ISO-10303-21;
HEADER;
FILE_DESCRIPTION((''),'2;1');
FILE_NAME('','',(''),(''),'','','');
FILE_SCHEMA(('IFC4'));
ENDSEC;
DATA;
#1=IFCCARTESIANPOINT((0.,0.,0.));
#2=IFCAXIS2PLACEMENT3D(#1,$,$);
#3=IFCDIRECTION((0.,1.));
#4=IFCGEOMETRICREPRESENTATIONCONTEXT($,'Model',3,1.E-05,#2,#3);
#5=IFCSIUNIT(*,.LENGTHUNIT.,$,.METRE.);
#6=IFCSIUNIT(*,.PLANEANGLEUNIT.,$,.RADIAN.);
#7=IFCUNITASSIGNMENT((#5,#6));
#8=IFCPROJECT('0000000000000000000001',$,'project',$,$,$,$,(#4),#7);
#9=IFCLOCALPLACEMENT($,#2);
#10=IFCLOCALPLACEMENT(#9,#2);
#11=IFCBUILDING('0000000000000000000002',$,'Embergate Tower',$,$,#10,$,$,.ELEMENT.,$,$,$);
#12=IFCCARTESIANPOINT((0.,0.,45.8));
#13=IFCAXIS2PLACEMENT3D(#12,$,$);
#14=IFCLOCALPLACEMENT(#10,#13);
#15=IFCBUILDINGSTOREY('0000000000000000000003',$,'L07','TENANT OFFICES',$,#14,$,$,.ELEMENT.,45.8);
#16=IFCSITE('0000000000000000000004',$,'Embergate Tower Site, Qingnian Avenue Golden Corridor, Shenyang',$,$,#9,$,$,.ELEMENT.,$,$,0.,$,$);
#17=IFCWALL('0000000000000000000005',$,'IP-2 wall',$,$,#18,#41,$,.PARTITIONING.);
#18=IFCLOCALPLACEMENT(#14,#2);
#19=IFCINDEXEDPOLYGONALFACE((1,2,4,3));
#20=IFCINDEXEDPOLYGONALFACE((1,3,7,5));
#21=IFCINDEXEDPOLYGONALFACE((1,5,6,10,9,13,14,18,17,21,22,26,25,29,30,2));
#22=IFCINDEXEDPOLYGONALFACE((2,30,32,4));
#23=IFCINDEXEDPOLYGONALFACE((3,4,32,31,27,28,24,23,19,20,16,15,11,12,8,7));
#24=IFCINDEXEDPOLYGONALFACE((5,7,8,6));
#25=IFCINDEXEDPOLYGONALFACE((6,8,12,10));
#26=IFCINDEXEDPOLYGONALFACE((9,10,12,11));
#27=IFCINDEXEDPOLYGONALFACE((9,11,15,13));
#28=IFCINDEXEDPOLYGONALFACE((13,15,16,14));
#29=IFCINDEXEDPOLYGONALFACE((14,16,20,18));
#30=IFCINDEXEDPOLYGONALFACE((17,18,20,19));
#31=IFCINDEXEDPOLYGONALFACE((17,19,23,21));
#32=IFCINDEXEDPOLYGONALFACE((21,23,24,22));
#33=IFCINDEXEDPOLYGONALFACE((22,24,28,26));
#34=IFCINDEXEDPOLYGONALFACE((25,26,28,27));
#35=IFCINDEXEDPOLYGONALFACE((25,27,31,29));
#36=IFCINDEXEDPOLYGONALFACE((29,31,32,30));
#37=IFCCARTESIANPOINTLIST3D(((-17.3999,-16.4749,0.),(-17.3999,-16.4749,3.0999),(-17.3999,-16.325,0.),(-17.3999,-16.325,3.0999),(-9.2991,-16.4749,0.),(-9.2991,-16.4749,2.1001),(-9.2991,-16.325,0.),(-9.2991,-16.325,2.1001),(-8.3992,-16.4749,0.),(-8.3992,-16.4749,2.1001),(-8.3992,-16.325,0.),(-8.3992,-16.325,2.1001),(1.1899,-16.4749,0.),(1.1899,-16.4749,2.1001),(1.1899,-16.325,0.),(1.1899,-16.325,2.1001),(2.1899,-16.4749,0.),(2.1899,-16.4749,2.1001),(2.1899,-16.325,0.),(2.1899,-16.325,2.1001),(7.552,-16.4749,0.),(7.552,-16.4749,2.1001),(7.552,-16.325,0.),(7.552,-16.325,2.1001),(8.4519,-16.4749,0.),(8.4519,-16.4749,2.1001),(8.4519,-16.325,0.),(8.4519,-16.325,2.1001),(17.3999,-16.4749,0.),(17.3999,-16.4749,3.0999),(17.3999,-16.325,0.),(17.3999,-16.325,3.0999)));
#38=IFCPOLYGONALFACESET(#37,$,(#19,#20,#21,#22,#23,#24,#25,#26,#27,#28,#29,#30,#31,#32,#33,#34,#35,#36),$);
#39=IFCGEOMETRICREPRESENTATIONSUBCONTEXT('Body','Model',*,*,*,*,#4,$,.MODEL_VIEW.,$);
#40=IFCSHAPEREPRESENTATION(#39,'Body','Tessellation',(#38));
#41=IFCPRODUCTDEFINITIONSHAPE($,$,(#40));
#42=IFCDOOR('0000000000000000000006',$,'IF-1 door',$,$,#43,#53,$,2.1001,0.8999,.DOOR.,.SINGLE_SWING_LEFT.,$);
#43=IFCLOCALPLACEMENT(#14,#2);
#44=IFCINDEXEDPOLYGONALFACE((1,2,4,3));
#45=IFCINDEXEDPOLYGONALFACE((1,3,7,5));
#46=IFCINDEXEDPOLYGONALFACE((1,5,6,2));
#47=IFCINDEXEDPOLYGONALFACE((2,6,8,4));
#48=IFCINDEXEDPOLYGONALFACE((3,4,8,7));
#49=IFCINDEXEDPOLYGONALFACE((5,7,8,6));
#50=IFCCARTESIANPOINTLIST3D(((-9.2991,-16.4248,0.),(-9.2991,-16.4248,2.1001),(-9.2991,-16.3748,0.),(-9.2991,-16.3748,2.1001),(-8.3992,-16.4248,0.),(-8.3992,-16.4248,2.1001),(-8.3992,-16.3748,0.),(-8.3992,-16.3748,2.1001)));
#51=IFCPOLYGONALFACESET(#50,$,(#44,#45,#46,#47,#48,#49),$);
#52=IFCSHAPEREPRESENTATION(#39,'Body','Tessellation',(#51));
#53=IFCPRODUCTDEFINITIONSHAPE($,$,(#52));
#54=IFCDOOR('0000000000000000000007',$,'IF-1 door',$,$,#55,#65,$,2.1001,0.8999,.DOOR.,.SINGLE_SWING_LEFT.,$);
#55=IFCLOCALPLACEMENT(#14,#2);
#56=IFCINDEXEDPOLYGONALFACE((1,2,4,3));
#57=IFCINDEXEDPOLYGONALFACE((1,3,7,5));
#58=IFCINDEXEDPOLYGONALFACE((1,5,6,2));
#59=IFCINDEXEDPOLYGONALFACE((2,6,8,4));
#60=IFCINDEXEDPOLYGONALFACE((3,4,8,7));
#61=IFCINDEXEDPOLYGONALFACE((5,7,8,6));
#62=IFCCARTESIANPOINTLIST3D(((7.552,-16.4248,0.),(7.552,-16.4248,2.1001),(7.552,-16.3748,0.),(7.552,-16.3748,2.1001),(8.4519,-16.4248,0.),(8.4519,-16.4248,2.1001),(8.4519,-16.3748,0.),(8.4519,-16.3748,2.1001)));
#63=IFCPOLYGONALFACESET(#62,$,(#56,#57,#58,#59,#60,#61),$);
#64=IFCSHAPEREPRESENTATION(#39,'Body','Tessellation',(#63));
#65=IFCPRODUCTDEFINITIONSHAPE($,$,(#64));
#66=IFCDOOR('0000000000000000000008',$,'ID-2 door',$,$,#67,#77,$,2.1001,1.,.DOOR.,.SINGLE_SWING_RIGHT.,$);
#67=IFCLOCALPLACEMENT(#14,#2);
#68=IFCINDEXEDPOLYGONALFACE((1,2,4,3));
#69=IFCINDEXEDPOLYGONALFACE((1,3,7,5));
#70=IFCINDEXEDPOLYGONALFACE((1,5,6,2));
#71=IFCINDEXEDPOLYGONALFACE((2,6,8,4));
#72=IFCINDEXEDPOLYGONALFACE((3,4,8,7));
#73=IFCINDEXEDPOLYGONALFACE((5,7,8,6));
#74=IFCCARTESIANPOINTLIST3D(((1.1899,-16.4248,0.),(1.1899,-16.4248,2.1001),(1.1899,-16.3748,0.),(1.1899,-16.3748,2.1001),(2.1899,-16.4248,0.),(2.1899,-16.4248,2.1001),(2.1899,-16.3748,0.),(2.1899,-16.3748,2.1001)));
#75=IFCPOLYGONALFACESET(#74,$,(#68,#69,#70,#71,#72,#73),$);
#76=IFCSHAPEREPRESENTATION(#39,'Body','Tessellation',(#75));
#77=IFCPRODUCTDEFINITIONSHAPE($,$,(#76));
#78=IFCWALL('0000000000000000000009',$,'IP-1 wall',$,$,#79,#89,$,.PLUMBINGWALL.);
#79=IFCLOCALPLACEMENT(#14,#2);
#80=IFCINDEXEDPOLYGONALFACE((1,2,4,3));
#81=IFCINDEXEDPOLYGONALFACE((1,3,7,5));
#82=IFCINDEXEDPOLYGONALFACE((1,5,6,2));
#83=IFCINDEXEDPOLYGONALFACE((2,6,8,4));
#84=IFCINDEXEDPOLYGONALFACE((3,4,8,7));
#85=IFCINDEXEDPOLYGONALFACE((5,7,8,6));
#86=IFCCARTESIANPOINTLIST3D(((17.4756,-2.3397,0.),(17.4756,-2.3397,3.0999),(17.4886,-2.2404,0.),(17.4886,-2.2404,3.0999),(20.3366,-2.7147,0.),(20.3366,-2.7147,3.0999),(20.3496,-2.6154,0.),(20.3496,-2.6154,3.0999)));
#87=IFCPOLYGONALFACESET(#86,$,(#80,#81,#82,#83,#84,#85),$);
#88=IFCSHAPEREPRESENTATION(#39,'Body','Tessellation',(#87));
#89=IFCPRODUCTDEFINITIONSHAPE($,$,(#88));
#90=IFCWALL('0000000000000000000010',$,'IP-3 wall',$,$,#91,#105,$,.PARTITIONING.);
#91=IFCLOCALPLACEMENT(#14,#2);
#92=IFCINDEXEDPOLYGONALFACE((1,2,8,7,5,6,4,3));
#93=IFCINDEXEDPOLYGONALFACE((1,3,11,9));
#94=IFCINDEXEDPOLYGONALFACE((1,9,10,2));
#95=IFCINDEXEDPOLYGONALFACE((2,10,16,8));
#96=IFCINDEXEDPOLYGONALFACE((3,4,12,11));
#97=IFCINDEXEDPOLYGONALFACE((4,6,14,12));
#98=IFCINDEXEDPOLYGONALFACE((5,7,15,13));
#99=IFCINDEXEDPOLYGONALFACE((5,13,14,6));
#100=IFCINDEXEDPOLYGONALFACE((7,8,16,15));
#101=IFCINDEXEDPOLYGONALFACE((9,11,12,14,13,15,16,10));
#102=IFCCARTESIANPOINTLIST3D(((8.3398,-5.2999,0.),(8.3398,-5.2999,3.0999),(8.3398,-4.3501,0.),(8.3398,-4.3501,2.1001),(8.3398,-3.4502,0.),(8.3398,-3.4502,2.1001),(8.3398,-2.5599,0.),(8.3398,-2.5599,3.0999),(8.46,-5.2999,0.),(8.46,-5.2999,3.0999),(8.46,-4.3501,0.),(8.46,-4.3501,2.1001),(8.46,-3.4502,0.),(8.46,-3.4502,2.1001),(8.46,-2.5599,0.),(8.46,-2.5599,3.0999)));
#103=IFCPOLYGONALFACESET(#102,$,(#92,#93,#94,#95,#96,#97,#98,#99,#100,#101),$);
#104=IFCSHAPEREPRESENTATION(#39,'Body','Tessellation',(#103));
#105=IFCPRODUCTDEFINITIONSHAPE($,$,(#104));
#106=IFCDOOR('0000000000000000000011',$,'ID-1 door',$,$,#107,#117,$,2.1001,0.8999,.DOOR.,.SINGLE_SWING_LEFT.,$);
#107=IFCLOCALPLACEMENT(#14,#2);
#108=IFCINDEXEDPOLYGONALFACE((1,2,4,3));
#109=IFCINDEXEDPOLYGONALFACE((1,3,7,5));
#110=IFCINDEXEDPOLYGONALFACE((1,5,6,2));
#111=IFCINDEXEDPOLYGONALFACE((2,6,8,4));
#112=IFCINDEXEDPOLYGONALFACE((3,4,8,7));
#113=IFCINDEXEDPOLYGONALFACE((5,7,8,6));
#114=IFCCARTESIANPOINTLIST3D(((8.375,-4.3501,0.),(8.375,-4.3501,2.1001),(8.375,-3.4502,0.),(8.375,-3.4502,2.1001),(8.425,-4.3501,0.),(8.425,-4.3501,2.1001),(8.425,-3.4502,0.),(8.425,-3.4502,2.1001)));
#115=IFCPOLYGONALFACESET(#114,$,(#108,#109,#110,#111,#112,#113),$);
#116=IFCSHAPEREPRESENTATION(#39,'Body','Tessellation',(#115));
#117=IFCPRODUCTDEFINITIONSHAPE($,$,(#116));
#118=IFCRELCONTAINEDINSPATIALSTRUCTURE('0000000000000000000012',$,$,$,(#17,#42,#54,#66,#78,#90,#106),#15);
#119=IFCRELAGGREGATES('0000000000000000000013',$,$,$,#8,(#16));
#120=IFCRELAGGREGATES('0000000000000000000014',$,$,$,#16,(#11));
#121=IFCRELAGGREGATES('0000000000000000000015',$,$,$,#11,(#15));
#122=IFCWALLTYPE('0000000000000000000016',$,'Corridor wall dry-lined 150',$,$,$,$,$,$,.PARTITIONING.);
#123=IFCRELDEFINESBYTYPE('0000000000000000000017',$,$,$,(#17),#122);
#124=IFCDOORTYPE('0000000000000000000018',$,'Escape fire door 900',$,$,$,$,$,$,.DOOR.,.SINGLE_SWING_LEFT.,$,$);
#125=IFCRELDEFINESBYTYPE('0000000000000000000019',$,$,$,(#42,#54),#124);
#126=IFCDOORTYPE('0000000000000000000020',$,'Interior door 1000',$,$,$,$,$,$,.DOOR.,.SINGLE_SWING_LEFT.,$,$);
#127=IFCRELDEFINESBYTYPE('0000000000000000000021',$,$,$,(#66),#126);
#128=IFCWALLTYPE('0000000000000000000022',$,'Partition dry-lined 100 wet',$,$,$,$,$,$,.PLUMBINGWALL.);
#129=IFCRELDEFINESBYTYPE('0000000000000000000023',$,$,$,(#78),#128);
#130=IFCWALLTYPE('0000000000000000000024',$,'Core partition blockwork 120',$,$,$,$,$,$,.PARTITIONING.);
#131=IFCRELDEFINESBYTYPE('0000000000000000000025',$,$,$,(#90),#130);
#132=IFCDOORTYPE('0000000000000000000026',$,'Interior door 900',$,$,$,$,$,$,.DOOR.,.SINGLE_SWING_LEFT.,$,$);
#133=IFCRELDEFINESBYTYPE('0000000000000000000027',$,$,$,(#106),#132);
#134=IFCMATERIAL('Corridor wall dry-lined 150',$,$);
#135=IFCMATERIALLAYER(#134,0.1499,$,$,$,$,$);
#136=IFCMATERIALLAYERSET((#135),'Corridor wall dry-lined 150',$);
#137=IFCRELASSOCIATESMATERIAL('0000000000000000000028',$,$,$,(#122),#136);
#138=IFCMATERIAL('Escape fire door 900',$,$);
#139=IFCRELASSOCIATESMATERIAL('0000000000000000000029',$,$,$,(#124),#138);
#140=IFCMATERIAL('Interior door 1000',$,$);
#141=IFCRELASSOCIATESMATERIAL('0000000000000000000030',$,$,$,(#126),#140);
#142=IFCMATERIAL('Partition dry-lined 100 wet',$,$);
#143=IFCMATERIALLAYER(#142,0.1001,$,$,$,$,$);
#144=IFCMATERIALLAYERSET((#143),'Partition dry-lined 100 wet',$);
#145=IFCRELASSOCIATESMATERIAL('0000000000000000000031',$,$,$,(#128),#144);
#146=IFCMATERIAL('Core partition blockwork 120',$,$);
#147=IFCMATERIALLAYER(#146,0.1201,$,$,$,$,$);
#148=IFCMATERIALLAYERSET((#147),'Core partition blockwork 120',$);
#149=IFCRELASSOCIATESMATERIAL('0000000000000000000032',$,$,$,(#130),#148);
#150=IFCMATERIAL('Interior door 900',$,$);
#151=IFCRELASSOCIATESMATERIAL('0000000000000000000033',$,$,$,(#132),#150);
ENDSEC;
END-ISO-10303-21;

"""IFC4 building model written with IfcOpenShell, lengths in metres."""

from ifc_helpers import new_model, si_unit, direction, frame, frame_2d, origin, place, context, subcontext, project, spatial, rectangle, extrude, source, transform, mapped, material, layer, layer_set, type_object, element, fill, save


model = new_model("IFC4")

# Units and contexts
model_context = context("Model", 3, precision=1e-05, world=origin(), true_north=direction((0.0, 1.0)))
body_context = subcontext(model_context, "Body", "Model", "MODEL_VIEW")
ifc_project = project(units=[si_unit("LENGTHUNIT", "METRE"), si_unit("PLANEANGLEUNIT", "RADIAN")], contexts=[model_context])

# Site, building, storey
site_placement = place(None, origin())
site = spatial("IfcSite", under=ifc_project, at=site_placement, Name="Embergate Tower Site, Qingnian Avenue Golden Corridor, Shenyang", CompositionType="ELEMENT", RefElevation=0.0)
building_placement = place(site_placement, origin())
building = spatial("IfcBuilding", under=site, at=building_placement, Name="Embergate Tower", CompositionType="ELEMENT")
storey_placement = place(building_placement, frame((0.0, 0.0, 45.8)))
storey = spatial("IfcBuildingStorey", under=building, at=storey_placement, Name="L07", Description="TENANT OFFICES", CompositionType="ELEMENT", Elevation=45.8)

# Wall, openings, doors
ifc_material_1 = material(Name="Corridor wall dry-lined 150")
ifc_layer_1 = layer(ifc_material_1, 0.1499)
ifc_layer_set_1 = layer_set([ifc_layer_1], Name="Corridor wall dry-lined 150")
wall_type_1 = type_object("IfcWallType", Name="Corridor wall dry-lined 150", PredefinedType="PARTITIONING", material=ifc_layer_set_1)
shared_shape_1 = source(origin(), body_context, "Body", "SweptSolid", [
    extrude(rectangle(XDim=34.7998, YDim=0.1499, at=frame_2d((17.3999, 0.0))), origin(), (0.0, 0.0, 1.0), 3.0999),
])
wall_1_placement = place(storey_placement, frame((17.3999, -16.3999, 0.0), z_axis=(0.0, 0.0, 1.0), x_axis=(-1.0, 0.0, 0.0)))
wall_1 = element("IfcWall", 1, at=wall_1_placement, inside=storey, type_object=wall_type_1, Name="IP-2 wall", PredefinedType="PARTITIONING", context=body_context, shape_type="MappedRepresentation", body=[
    mapped(shared_shape_1, transform((0.0, 0.0, 0.0))),
])
shared_shape_2 = source(origin(), body_context, "Body", "SweptSolid", [
    extrude(rectangle(XDim=0.8999, YDim=2.1001, at=frame_2d((0.45, 1.05))), frame((0.0, 0.085, 0.0), z_axis=(0.0, -1.0, 0.0), x_axis=(1.0, 0.0, 0.0)), (0.0, 0.0, 1.0), 0.1699),
])
opening_1_placement = place(wall_1_placement, frame((25.7991, 0.0, 0.0)))
opening_1 = element("IfcOpeningElement", 2, at=opening_1_placement, cuts=wall_1, PredefinedType="OPENING", context=body_context, shape_type="MappedRepresentation", body=[
    mapped(shared_shape_2, transform((0.0, 0.0, 0.0))),
])
shared_shape_3 = source(origin(), body_context, "Body", "SweptSolid", [
    extrude(rectangle(XDim=1.0, YDim=2.1001, at=frame_2d((0.5, 1.05))), frame((0.0, 0.085, 0.0), z_axis=(0.0, -1.0, 0.0), x_axis=(1.0, 0.0, 0.0)), (0.0, 0.0, 1.0), 0.1699),
])
opening_2_placement = place(wall_1_placement, frame((15.21, 0.0, 0.0)))
opening_2 = element("IfcOpeningElement", 3, at=opening_2_placement, cuts=wall_1, PredefinedType="OPENING", context=body_context, shape_type="MappedRepresentation", body=[
    mapped(shared_shape_3, transform((0.0, 0.0, 0.0))),
])
opening_3_placement = place(wall_1_placement, frame((8.948, 0.0, 0.0)))
opening_3 = element("IfcOpeningElement", 4, at=opening_3_placement, cuts=wall_1, PredefinedType="OPENING", context=body_context, shape_type="MappedRepresentation", body=[
    mapped(shared_shape_2, transform((0.0, 0.0, 0.0))),
])
ifc_material_2 = material(Name="Escape fire door 900")
door_type_1 = type_object("IfcDoorType", Name="Escape fire door 900", OperationType="SINGLE_SWING_LEFT", PredefinedType="DOOR", material=ifc_material_2)
shared_shape_4 = source(origin(), body_context, "Body", "SweptSolid", [
    extrude(rectangle(XDim=0.8999, YDim=2.1001, at=frame_2d((0.45, 1.05))), frame((0.0, 0.0249, 0.0), z_axis=(0.0, -1.0, 0.0), x_axis=(1.0, 0.0, 0.0)), (0.0, 0.0, 1.0), 0.05),
])
door_1_placement = place(opening_1_placement, origin())
door_1 = element("IfcDoor", 5, at=door_1_placement, inside=storey, type_object=door_type_1, Name="IF-1 door", OperationType="SINGLE_SWING_LEFT", OverallHeight=2.1001, OverallWidth=0.8999, PredefinedType="DOOR", context=body_context, shape_type="MappedRepresentation", body=[
    mapped(shared_shape_4, transform((0.0, 0.0, 0.0))),
])
fill(opening_1, door_1)
door_2_placement = place(opening_3_placement, origin())
door_2 = element("IfcDoor", 6, at=door_2_placement, inside=storey, type_object=door_type_1, Name="IF-1 door", OperationType="SINGLE_SWING_LEFT", OverallHeight=2.1001, OverallWidth=0.8999, PredefinedType="DOOR", context=body_context, shape_type="MappedRepresentation", body=[
    mapped(shared_shape_4, transform((0.0, 0.0, 0.0))),
])
fill(opening_3, door_2)
ifc_material_3 = material(Name="Interior door 1000")
door_type_2 = type_object("IfcDoorType", Name="Interior door 1000", OperationType="SINGLE_SWING_LEFT", PredefinedType="DOOR", material=ifc_material_3)
shared_shape_5 = source(origin(), body_context, "Body", "SweptSolid", [
    extrude(rectangle(XDim=1.0, YDim=2.1001, at=frame_2d((0.5, 1.05))), frame((0.0, 0.0249, 0.0), z_axis=(0.0, -1.0, 0.0), x_axis=(1.0, 0.0, 0.0)), (0.0, 0.0, 1.0), 0.05),
])
door_3_placement = place(opening_2_placement, origin())
door_3 = element("IfcDoor", 7, at=door_3_placement, inside=storey, type_object=door_type_2, Name="ID-2 door", OperationType="SINGLE_SWING_RIGHT", OverallHeight=2.1001, OverallWidth=1.0, PredefinedType="DOOR", context=body_context, shape_type="MappedRepresentation", body=[
    mapped(shared_shape_5, transform((0.0, 0.0, 0.0))),
])
fill(opening_2, door_3)

# Wall
ifc_material_4 = material(Name="Partition dry-lined 100 wet")
ifc_layer_2 = layer(ifc_material_4, 0.1001)
ifc_layer_set_2 = layer_set([ifc_layer_2], Name="Partition dry-lined 100 wet")
wall_type_2 = type_object("IfcWallType", Name="Partition dry-lined 100 wet", PredefinedType="PLUMBINGWALL", material=ifc_layer_set_2)
shared_shape_6 = source(origin(), body_context, "Body", "SweptSolid", [
    extrude(rectangle(XDim=2.8855, YDim=0.1001, at=frame_2d((1.4429, 0.0))), origin(), (0.0, 0.0, 1.0), 3.0999),
])
wall_2_placement = place(storey_placement, frame((17.4819, -2.29, 0.0), z_axis=(0.0, 0.0, 1.0), x_axis=(0.99152, -0.129958, 0.0)))
element("IfcWall", 8, at=wall_2_placement, inside=storey, type_object=wall_type_2, Name="IP-1 wall", PredefinedType="PLUMBINGWALL", context=body_context, shape_type="MappedRepresentation", body=[
    mapped(shared_shape_6, transform((0.0, 0.0, 0.0))),
])

# Wall, opening, door
ifc_material_5 = material(Name="Core partition blockwork 120")
ifc_layer_3 = layer(ifc_material_5, 0.1201)
ifc_layer_set_3 = layer_set([ifc_layer_3], Name="Core partition blockwork 120")
wall_type_3 = type_object("IfcWallType", Name="Core partition blockwork 120", PredefinedType="PARTITIONING", material=ifc_layer_set_3)
shared_shape_7 = source(origin(), body_context, "Body", "SweptSolid", [
    extrude(rectangle(XDim=2.74, YDim=0.1201, at=frame_2d((1.3701, 0.0))), origin(), (0.0, 0.0, 1.0), 3.0999),
])
wall_3_placement = place(storey_placement, frame((8.3999, -5.3, 0.0), z_axis=(0.0, 0.0, 1.0), x_axis=(0.0, 1.0, 0.0)))
wall_3 = element("IfcWall", 9, at=wall_3_placement, inside=storey, type_object=wall_type_3, Name="IP-3 wall", PredefinedType="PARTITIONING", context=body_context, shape_type="MappedRepresentation", body=[
    mapped(shared_shape_7, transform((0.0, 0.0, 0.0))),
])
shared_shape_8 = source(origin(), body_context, "Body", "SweptSolid", [
    extrude(rectangle(XDim=0.8999, YDim=2.1001, at=frame_2d((0.45, 1.05))), frame((0.0, 0.0701, 0.0), z_axis=(0.0, -1.0, 0.0), x_axis=(1.0, 0.0, 0.0)), (0.0, 0.0, 1.0), 0.1401),
])
opening_4_placement = place(wall_3_placement, frame((0.95, 0.0, 0.0)))
opening_4 = element("IfcOpeningElement", 10, at=opening_4_placement, cuts=wall_3, PredefinedType="OPENING", context=body_context, shape_type="MappedRepresentation", body=[
    mapped(shared_shape_8, transform((0.0, 0.0, 0.0))),
])
ifc_material_6 = material(Name="Interior door 900")
door_type_3 = type_object("IfcDoorType", Name="Interior door 900", OperationType="SINGLE_SWING_LEFT", PredefinedType="DOOR", material=ifc_material_6)
door_4_placement = place(opening_4_placement, origin())
door_4 = element("IfcDoor", 11, at=door_4_placement, inside=storey, type_object=door_type_3, Name="ID-1 door", OperationType="SINGLE_SWING_LEFT", OverallHeight=2.1001, OverallWidth=0.8999, PredefinedType="DOOR", context=body_context, shape_type="MappedRepresentation", body=[
    mapped(shared_shape_4, transform((0.0, 0.0, 0.0))),
])
fill(opening_4, door_4)

save(model, "model.ifc")
